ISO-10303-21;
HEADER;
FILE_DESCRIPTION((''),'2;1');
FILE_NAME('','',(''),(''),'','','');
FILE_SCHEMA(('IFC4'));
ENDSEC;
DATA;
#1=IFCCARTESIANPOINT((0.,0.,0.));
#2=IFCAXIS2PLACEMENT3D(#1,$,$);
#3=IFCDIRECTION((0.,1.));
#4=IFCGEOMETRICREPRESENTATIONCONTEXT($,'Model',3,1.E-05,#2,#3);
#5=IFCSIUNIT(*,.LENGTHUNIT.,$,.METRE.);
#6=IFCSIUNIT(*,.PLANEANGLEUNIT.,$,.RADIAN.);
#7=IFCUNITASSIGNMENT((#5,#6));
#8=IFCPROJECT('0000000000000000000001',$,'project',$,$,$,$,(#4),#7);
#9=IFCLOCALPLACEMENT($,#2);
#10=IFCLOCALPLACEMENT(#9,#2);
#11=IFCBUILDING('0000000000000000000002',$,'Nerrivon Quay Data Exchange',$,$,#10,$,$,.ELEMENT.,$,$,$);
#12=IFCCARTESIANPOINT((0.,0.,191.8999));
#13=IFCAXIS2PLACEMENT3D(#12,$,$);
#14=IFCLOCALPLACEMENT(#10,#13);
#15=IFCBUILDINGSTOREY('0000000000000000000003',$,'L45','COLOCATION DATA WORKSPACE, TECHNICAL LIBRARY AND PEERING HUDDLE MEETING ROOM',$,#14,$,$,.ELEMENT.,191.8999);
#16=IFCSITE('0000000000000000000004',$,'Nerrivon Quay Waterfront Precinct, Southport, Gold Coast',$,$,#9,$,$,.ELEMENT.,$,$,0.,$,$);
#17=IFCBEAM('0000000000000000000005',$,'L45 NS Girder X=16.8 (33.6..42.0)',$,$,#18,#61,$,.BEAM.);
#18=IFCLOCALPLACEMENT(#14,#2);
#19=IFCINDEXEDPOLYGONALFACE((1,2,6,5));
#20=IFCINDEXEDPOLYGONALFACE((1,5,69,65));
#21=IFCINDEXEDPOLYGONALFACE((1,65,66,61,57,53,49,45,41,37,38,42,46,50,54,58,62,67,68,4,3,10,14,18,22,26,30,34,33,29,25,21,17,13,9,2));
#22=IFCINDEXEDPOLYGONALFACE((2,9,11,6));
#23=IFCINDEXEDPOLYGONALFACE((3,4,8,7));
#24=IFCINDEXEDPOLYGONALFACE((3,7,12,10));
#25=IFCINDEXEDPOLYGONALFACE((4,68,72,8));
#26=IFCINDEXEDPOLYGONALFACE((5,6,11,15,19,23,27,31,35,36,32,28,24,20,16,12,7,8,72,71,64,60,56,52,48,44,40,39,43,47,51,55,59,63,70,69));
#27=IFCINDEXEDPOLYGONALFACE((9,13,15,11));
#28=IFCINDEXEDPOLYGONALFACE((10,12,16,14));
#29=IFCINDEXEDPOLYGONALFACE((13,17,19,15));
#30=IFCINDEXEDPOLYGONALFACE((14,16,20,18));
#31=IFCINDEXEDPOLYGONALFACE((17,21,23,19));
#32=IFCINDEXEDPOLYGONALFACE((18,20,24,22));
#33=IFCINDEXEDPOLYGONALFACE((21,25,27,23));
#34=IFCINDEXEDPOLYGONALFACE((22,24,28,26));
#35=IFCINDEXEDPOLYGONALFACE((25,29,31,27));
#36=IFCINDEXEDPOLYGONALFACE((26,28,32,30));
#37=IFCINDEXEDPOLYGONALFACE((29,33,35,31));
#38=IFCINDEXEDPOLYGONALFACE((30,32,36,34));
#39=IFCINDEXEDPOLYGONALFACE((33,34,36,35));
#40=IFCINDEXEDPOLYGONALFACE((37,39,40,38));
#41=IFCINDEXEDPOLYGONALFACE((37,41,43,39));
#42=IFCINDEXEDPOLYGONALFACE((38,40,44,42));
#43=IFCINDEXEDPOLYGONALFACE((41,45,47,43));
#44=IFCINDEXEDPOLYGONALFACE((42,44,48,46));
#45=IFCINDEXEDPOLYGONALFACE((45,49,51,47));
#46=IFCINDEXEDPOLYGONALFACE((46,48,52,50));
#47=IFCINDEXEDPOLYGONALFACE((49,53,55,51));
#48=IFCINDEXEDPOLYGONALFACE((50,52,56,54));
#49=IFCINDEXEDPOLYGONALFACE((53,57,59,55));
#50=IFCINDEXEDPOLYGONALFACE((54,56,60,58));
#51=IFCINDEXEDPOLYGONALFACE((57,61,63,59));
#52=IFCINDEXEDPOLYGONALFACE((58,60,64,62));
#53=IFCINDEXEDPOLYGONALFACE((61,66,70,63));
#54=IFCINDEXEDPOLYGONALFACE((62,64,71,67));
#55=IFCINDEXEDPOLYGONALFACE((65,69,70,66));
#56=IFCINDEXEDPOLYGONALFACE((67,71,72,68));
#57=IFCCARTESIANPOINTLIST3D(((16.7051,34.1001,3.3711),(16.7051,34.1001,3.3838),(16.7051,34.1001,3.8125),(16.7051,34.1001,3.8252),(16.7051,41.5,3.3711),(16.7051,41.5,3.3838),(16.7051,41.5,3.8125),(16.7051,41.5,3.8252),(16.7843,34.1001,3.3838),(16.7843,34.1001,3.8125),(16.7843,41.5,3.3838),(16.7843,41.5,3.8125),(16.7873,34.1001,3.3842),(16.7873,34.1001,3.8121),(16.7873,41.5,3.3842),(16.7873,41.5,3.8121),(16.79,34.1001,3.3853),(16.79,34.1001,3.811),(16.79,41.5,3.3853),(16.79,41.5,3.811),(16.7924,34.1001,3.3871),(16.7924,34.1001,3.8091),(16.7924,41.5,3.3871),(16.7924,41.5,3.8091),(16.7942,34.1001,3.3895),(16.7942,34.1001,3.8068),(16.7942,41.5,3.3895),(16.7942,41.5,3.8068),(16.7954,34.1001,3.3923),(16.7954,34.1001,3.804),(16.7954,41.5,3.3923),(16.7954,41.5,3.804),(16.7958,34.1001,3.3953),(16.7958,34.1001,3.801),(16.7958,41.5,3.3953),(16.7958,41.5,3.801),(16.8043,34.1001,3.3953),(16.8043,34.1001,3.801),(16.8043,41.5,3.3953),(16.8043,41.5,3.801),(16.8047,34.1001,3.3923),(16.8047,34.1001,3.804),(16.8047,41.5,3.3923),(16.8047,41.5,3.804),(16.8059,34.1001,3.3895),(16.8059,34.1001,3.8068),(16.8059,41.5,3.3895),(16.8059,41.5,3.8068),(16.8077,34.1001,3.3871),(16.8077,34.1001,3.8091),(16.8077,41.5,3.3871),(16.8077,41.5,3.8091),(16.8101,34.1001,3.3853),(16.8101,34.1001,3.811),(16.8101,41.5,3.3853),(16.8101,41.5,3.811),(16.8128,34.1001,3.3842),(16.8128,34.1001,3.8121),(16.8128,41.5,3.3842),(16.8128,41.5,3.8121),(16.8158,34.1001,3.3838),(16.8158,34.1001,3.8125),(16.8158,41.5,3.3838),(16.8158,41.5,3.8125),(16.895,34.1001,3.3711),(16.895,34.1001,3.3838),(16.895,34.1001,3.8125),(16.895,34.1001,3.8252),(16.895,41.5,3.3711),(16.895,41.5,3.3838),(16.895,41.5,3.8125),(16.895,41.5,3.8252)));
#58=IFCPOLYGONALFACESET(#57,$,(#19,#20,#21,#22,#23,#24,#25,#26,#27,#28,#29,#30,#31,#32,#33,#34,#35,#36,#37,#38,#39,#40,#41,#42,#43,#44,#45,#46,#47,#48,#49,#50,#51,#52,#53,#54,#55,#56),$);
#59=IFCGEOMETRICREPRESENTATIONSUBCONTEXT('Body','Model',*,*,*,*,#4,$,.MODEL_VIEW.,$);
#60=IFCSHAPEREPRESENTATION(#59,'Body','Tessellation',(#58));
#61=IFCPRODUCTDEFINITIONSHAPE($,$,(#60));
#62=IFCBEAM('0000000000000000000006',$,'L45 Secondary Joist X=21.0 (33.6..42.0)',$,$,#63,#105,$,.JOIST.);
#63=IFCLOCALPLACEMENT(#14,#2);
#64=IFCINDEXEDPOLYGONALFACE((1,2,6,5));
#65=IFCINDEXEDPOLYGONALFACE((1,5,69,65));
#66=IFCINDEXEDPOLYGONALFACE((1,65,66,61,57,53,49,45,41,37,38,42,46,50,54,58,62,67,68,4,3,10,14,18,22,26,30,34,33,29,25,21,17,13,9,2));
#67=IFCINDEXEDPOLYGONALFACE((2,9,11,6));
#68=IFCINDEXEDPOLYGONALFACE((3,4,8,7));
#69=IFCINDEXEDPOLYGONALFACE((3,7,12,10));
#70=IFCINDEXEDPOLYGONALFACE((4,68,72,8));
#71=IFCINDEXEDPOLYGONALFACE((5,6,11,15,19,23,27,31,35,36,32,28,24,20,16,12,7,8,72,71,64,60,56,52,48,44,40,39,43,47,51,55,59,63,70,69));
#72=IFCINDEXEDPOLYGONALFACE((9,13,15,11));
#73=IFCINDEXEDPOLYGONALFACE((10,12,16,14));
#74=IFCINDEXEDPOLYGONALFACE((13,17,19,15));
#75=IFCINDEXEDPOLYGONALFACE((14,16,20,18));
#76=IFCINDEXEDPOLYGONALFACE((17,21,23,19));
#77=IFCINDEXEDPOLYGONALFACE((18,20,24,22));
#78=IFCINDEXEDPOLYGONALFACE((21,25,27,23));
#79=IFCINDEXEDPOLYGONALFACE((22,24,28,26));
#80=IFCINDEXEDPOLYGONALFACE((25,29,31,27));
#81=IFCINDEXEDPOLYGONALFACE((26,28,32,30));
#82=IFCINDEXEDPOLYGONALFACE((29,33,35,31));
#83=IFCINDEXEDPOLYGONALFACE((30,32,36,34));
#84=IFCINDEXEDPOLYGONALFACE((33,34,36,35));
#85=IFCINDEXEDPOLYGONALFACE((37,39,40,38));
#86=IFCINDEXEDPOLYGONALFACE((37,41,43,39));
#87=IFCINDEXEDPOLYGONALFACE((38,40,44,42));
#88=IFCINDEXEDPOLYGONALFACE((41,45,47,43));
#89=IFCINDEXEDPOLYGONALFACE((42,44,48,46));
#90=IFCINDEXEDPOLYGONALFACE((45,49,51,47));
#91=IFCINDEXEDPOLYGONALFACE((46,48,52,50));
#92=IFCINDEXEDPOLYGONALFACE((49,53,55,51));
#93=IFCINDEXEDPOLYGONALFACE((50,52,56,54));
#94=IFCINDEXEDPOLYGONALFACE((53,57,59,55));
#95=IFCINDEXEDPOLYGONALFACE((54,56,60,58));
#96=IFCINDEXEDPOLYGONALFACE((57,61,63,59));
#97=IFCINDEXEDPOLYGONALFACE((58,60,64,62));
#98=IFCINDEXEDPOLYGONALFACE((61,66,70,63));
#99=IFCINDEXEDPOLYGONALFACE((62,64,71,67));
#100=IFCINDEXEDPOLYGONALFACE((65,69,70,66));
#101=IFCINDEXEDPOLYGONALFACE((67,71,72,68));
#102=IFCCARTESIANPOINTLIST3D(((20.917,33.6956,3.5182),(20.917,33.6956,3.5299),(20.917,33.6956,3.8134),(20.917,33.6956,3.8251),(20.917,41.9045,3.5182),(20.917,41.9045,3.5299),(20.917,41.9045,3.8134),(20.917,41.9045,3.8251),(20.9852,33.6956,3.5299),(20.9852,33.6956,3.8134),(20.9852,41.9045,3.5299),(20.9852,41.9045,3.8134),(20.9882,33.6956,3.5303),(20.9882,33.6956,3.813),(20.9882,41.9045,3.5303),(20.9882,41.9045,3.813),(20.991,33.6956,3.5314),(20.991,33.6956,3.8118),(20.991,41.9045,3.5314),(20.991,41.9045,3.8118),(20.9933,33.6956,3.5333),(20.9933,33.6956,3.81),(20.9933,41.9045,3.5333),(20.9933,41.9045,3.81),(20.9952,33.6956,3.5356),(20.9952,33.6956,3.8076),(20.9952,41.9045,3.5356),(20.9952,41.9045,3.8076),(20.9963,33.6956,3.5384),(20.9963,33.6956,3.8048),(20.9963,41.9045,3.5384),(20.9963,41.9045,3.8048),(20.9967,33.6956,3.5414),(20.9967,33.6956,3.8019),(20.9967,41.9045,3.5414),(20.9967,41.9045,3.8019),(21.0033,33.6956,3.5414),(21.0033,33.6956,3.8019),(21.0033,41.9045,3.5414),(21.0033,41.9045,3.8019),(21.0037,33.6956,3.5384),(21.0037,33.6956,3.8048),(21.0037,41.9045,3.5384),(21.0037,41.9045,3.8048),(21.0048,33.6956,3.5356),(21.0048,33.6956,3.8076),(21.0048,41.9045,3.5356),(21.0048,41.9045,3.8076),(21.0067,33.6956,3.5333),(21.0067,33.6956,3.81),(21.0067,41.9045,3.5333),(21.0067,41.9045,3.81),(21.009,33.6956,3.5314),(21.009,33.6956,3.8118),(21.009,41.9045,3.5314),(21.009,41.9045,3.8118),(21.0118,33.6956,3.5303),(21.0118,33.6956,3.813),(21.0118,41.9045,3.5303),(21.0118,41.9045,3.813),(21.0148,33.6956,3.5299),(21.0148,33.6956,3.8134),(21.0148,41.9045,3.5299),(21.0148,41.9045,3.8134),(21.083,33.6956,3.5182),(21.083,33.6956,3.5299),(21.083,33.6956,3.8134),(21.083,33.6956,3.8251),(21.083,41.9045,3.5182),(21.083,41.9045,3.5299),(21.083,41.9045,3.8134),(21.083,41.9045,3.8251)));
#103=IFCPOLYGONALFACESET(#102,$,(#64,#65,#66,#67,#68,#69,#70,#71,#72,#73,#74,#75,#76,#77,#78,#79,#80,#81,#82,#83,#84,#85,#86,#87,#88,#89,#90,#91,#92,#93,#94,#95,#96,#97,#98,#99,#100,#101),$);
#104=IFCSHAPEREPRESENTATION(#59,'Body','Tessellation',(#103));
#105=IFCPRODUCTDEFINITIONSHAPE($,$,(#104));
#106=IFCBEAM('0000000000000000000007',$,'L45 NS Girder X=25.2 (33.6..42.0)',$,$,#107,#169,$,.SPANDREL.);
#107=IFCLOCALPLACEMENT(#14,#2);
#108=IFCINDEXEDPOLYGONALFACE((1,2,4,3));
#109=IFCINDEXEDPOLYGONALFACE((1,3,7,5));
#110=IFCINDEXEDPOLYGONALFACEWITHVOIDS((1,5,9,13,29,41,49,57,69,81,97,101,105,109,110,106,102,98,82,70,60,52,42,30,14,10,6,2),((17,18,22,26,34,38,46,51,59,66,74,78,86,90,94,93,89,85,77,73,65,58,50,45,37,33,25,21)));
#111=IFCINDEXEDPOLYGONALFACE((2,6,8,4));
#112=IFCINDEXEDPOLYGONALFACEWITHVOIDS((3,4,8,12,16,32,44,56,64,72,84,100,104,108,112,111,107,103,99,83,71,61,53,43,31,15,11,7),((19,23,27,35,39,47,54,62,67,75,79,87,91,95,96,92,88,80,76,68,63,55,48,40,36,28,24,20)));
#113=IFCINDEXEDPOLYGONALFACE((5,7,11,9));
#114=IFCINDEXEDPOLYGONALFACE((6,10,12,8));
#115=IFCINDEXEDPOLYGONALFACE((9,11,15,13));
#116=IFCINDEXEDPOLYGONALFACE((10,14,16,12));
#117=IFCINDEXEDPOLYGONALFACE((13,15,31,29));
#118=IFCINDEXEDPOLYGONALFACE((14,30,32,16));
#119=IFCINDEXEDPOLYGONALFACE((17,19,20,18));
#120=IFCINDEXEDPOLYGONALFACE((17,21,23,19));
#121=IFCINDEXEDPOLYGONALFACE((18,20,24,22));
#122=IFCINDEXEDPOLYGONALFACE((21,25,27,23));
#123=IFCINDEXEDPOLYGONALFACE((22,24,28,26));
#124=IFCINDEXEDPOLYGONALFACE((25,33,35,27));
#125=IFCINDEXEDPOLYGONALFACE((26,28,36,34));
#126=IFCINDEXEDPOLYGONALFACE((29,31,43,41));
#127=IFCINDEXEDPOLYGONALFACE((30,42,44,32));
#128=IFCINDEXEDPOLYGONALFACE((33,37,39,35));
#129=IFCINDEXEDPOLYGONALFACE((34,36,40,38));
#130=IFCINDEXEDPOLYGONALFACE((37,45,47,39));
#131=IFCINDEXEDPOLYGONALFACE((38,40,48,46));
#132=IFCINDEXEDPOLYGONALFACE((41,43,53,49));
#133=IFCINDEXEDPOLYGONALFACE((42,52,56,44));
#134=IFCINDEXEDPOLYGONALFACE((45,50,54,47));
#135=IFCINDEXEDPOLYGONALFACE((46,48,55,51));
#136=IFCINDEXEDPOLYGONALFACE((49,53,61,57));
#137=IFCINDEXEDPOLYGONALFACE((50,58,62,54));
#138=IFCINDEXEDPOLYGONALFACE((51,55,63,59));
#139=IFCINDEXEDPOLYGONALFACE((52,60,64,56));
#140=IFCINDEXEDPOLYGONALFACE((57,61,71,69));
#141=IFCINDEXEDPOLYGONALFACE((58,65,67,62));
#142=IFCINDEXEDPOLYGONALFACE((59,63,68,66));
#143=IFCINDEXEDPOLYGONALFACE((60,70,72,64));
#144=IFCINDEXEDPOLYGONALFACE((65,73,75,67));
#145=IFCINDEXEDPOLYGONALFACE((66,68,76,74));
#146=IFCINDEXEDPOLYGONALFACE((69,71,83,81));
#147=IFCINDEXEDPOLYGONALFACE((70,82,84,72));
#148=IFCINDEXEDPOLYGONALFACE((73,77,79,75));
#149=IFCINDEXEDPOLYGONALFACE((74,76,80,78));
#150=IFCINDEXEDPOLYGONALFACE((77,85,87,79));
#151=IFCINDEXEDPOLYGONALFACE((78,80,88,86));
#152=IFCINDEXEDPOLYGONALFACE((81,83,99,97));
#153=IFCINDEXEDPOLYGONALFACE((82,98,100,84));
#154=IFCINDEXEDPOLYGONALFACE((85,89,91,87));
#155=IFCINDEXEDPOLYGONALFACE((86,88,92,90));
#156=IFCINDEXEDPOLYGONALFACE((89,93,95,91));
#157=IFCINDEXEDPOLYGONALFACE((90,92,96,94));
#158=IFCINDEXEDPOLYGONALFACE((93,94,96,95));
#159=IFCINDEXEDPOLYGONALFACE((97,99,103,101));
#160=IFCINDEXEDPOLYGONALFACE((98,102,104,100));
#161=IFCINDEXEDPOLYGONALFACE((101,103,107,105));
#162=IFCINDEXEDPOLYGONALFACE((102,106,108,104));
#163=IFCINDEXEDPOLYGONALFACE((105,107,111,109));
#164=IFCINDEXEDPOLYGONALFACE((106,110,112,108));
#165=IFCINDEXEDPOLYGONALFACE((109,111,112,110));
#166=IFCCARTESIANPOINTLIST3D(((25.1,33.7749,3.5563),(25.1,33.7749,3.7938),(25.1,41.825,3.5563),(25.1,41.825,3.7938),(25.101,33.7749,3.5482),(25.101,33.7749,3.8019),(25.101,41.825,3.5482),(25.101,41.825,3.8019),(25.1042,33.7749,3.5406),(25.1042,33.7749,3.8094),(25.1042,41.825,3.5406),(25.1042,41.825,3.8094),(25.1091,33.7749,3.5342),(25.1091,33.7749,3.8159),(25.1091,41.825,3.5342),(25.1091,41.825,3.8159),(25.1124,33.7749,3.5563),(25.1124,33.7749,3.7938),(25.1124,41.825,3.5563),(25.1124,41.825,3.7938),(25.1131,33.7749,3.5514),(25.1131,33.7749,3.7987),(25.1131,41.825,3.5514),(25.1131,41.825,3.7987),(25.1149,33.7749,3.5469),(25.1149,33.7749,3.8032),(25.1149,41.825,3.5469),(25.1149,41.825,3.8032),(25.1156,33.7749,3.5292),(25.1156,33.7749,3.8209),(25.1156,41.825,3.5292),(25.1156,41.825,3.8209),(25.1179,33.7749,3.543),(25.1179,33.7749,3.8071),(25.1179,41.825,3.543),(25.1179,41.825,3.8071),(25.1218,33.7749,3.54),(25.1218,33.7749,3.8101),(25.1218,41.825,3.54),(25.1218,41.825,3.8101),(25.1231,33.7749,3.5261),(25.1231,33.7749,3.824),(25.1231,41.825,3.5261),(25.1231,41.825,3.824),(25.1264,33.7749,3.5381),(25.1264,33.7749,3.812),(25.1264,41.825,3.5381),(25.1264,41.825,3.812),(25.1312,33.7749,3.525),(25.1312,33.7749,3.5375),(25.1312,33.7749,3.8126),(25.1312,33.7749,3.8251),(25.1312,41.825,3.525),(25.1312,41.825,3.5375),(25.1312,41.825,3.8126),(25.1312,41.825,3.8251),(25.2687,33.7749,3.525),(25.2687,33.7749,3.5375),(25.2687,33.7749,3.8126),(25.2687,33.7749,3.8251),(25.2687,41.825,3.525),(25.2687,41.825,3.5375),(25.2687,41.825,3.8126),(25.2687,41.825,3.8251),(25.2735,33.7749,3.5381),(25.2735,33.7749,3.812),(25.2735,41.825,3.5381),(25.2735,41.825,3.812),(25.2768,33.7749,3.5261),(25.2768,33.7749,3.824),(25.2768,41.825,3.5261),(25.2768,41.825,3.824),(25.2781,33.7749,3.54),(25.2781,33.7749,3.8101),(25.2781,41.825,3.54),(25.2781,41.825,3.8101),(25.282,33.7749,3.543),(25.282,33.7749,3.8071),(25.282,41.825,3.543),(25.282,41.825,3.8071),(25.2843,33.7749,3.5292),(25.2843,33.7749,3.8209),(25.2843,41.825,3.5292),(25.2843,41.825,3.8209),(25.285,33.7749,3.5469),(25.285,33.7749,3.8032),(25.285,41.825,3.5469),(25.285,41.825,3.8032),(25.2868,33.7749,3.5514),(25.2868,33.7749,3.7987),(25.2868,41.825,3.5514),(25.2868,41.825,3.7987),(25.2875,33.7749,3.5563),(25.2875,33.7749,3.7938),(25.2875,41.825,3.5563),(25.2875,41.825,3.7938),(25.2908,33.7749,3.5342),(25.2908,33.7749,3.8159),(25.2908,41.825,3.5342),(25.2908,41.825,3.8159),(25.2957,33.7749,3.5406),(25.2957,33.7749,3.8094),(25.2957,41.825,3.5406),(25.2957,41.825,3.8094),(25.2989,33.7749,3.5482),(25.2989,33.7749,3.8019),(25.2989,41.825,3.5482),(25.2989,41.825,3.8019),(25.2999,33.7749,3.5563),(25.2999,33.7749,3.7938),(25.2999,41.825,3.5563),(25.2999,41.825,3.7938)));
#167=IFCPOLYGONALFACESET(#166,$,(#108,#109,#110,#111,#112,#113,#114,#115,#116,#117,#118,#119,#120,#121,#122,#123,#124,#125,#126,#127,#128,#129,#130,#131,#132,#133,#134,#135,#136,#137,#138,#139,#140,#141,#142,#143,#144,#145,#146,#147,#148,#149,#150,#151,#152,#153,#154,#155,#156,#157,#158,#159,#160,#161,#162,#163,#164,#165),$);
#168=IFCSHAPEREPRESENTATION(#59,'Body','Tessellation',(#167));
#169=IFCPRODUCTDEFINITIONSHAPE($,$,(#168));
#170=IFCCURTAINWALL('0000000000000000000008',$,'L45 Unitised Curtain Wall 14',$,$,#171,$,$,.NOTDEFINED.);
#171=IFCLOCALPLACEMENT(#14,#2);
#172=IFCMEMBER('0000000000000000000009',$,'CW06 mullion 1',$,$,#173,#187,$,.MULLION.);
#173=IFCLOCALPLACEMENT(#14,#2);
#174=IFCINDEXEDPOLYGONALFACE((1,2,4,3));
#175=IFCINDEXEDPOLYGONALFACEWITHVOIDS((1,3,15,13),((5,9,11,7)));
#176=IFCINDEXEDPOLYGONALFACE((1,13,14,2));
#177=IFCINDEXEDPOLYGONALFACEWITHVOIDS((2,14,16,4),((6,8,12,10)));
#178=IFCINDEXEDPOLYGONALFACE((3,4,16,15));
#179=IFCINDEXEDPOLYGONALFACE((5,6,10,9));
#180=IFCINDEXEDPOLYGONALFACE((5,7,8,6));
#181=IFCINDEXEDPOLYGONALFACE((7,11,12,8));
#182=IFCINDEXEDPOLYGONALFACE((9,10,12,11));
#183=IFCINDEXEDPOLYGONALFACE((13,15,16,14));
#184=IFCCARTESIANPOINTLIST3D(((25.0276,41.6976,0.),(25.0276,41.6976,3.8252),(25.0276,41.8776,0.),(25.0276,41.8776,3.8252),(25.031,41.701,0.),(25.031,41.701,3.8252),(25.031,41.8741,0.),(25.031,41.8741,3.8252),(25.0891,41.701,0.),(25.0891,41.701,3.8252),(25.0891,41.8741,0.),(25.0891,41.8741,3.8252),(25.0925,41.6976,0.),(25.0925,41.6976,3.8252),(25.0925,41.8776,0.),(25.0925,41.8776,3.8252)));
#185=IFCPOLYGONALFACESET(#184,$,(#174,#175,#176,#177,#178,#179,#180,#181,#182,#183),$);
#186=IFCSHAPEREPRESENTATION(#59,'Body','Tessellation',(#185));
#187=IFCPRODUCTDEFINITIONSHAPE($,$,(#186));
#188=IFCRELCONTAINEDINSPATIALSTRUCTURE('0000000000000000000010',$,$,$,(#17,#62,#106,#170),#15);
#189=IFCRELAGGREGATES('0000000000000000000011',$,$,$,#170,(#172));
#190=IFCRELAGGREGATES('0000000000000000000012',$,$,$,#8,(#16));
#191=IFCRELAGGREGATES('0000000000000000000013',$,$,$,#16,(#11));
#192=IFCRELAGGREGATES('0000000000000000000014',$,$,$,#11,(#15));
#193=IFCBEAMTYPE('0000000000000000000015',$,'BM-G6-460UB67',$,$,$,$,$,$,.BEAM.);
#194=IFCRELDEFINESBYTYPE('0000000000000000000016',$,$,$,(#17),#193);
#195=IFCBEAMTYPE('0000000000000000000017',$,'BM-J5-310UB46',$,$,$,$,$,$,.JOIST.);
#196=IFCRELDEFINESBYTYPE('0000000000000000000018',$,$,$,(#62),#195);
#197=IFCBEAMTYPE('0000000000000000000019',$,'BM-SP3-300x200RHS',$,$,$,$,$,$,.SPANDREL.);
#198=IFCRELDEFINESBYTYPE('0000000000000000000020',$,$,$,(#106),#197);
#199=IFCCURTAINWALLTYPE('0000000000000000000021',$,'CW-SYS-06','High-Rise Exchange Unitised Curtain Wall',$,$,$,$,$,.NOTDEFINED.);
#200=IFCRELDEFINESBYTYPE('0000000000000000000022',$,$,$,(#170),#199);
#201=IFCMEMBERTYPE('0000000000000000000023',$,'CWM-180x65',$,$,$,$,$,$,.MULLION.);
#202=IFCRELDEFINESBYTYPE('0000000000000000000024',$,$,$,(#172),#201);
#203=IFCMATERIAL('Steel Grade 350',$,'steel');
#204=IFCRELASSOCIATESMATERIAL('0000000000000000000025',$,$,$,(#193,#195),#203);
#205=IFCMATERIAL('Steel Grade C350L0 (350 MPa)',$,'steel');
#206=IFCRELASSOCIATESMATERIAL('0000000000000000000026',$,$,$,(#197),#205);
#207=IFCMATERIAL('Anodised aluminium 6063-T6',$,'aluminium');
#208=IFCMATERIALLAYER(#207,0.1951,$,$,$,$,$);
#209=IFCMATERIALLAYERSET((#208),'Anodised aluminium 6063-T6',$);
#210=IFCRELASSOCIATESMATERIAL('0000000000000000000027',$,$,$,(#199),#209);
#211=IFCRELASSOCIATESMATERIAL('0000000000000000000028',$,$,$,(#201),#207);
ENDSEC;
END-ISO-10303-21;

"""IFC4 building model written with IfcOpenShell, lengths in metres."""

from ifc_helpers import new_model, si_unit, direction, frame, origin, origin_2d, place, context, subcontext, project, spatial, hollow_rectangle, i_section, extrude, material, layer, layer_set, material_profile, profile_set, type_object, element, aggregate, save


model = new_model("IFC4")

# Units and contexts
model_context = context("Model", 3, precision=1e-05, world=origin(), true_north=direction((0.0, 1.0)))
body_context = subcontext(model_context, "Body", "Model", "MODEL_VIEW")
ifc_project = project(units=[si_unit("LENGTHUNIT", "METRE"), si_unit("PLANEANGLEUNIT", "RADIAN")], contexts=[model_context])

# Site, building, storey
site_placement = place(None, origin())
site = spatial("IfcSite", under=ifc_project, at=site_placement, Name="Nerrivon Quay Waterfront Precinct, Southport, Gold Coast", CompositionType="ELEMENT", RefElevation=0.0)
building_placement = place(site_placement, origin())
building = spatial("IfcBuilding", under=site, at=building_placement, Name="Nerrivon Quay Data Exchange", CompositionType="ELEMENT")
storey_placement = place(building_placement, frame((0.0, 0.0, 191.8999)))
storey = spatial("IfcBuildingStorey", under=building, at=storey_placement, Name="L45", Description="COLOCATION DATA WORKSPACE, TECHNICAL LIBRARY AND PEERING HUDDLE MEETING ROOM", CompositionType="ELEMENT", Elevation=191.8999)

# Shared definitions
ifc_material_1 = material(Name="Steel Grade 350", Category="steel")

# Beams
ifc_material_profile_1 = material_profile(ifc_material_1, i_section(OverallWidth=0.1899, OverallDepth=0.4541, WebThickness=0.0085, FlangeThickness=0.0127, FilletRadius=0.0115, at=origin_2d()), Name="460UB67.1")
ifc_profile_set_1 = profile_set([ifc_material_profile_1], Name="Steel Grade 350")
beam_type_1 = type_object("IfcBeamType", Name="BM-G6-460UB67", PredefinedType="BEAM", material=ifc_profile_set_1)
beam_1_placement = place(storey_placement, frame((16.8, 34.1001, 3.5981), z_axis=(0.0, 1.0, 0.0), x_axis=(-1.0, 0.0, 0.0)))
element("IfcBeam", 1, at=beam_1_placement, inside=storey, type_object=beam_type_1, Name="L45 NS Girder X=16.8 (33.6..42.0)", PredefinedType="BEAM", context=body_context, shape_type="SweptSolid", body=[
    extrude(i_section(OverallWidth=0.1899, OverallDepth=0.4541, WebThickness=0.0085, FlangeThickness=0.0127, FilletRadius=0.0115, at=origin_2d()), origin(), (0.0, 0.0, 1.0), 7.3999),
])
ifc_material_profile_2 = material_profile(ifc_material_1, i_section(OverallWidth=0.166, OverallDepth=0.3069, WebThickness=0.0066, FlangeThickness=0.0117, FilletRadius=0.0115, at=origin_2d()), Name="310UB46.2")
ifc_profile_set_2 = profile_set([ifc_material_profile_2], Name="Steel Grade 350")
beam_type_2 = type_object("IfcBeamType", Name="BM-J5-310UB46", PredefinedType="JOIST", material=ifc_profile_set_2)
beam_2_placement = place(storey_placement, frame((21.0, 33.6956, 3.6716), z_axis=(0.0, 1.0, 0.0), x_axis=(-1.0, 0.0, 0.0)))
element("IfcBeam", 2, at=beam_2_placement, inside=storey, type_object=beam_type_2, Name="L45 Secondary Joist X=21.0 (33.6..42.0)", PredefinedType="JOIST", context=body_context, shape_type="SweptSolid", body=[
    extrude(i_section(OverallWidth=0.166, OverallDepth=0.3069, WebThickness=0.0066, FlangeThickness=0.0117, FilletRadius=0.0115, at=origin_2d()), origin(), (0.0, 0.0, 1.0), 8.209),
])
ifc_material_2 = material(Name="Steel Grade C350L0 (350 MPa)", Category="steel")
ifc_material_profile_3 = material_profile(ifc_material_2, hollow_rectangle(XDim=0.2, YDim=0.3, WallThickness=0.0125, InnerFilletRadius=0.0188, OuterFilletRadius=0.0312, at=origin_2d()), Name="300x200x12.5RHS")
ifc_profile_set_3 = profile_set([ifc_material_profile_3], Name="Steel Grade C350L0 (350 MPa)")
beam_type_3 = type_object("IfcBeamType", Name="BM-SP3-300x200RHS", PredefinedType="SPANDREL", material=ifc_profile_set_3)
beam_3_placement = place(storey_placement, frame((25.2, 33.7749, 3.675), z_axis=(0.0, 1.0, 0.0), x_axis=(-1.0, 0.0, 0.0)))
element("IfcBeam", 3, at=beam_3_placement, inside=storey, type_object=beam_type_3, Name="L45 NS Girder X=25.2 (33.6..42.0)", PredefinedType="SPANDREL", context=body_context, shape_type="SweptSolid", body=[
    extrude(hollow_rectangle(XDim=0.2, YDim=0.3, WallThickness=0.0125, InnerFilletRadius=0.0188, OuterFilletRadius=0.0312, at=origin_2d()), origin(), (0.0, 0.0, 1.0), 8.05),
])

# Curtain wall, member
ifc_material_3 = material(Name="Anodised aluminium 6063-T6", Category="aluminium")
ifc_layer_1 = layer(ifc_material_3, 0.1951)
ifc_layer_set_1 = layer_set([ifc_layer_1], Name="Anodised aluminium 6063-T6")
curtain_wall_type = type_object("IfcCurtainWallType", Name="CW-SYS-06", Description="High-Rise Exchange Unitised Curtain Wall", PredefinedType="NOTDEFINED", material=ifc_layer_set_1)
curtain_wall_1_placement = place(storey_placement, origin())
curtain_wall_1 = element("IfcCurtainWall", 4, at=curtain_wall_1_placement, inside=storey, type_object=curtain_wall_type, Name="L45 Unitised Curtain Wall 14", PredefinedType="NOTDEFINED")
ifc_material_profile_4 = material_profile(ifc_material_3, hollow_rectangle(XDim=0.0649, YDim=0.1799, WallThickness=0.0034, at=origin_2d()), Name="ALU-MULL-180x65")
ifc_profile_set_4 = profile_set([ifc_material_profile_4], Name="Anodised aluminium 6063-T6")
member_type_1 = type_object("IfcMemberType", Name="CWM-180x65", PredefinedType="MULLION", material=ifc_profile_set_4)
member_1_placement = place(storey_placement, frame((25.0601, 41.7876, 0.0), z_axis=(0.0, 0.0, 1.0), x_axis=(1.0, 0.0, 0.0)))
member_1 = element("IfcMember", 5, at=member_1_placement, type_object=member_type_1, Name="CW06 mullion 1", PredefinedType="MULLION", context=body_context, shape_type="SweptSolid", body=[
    extrude(hollow_rectangle(XDim=0.0649, YDim=0.1799, WallThickness=0.0034, at=origin_2d()), origin(), (0.0, 0.0, 1.0), 3.8252),
])

aggregate(curtain_wall_1, [member_1])

save(model, "model.ifc")
